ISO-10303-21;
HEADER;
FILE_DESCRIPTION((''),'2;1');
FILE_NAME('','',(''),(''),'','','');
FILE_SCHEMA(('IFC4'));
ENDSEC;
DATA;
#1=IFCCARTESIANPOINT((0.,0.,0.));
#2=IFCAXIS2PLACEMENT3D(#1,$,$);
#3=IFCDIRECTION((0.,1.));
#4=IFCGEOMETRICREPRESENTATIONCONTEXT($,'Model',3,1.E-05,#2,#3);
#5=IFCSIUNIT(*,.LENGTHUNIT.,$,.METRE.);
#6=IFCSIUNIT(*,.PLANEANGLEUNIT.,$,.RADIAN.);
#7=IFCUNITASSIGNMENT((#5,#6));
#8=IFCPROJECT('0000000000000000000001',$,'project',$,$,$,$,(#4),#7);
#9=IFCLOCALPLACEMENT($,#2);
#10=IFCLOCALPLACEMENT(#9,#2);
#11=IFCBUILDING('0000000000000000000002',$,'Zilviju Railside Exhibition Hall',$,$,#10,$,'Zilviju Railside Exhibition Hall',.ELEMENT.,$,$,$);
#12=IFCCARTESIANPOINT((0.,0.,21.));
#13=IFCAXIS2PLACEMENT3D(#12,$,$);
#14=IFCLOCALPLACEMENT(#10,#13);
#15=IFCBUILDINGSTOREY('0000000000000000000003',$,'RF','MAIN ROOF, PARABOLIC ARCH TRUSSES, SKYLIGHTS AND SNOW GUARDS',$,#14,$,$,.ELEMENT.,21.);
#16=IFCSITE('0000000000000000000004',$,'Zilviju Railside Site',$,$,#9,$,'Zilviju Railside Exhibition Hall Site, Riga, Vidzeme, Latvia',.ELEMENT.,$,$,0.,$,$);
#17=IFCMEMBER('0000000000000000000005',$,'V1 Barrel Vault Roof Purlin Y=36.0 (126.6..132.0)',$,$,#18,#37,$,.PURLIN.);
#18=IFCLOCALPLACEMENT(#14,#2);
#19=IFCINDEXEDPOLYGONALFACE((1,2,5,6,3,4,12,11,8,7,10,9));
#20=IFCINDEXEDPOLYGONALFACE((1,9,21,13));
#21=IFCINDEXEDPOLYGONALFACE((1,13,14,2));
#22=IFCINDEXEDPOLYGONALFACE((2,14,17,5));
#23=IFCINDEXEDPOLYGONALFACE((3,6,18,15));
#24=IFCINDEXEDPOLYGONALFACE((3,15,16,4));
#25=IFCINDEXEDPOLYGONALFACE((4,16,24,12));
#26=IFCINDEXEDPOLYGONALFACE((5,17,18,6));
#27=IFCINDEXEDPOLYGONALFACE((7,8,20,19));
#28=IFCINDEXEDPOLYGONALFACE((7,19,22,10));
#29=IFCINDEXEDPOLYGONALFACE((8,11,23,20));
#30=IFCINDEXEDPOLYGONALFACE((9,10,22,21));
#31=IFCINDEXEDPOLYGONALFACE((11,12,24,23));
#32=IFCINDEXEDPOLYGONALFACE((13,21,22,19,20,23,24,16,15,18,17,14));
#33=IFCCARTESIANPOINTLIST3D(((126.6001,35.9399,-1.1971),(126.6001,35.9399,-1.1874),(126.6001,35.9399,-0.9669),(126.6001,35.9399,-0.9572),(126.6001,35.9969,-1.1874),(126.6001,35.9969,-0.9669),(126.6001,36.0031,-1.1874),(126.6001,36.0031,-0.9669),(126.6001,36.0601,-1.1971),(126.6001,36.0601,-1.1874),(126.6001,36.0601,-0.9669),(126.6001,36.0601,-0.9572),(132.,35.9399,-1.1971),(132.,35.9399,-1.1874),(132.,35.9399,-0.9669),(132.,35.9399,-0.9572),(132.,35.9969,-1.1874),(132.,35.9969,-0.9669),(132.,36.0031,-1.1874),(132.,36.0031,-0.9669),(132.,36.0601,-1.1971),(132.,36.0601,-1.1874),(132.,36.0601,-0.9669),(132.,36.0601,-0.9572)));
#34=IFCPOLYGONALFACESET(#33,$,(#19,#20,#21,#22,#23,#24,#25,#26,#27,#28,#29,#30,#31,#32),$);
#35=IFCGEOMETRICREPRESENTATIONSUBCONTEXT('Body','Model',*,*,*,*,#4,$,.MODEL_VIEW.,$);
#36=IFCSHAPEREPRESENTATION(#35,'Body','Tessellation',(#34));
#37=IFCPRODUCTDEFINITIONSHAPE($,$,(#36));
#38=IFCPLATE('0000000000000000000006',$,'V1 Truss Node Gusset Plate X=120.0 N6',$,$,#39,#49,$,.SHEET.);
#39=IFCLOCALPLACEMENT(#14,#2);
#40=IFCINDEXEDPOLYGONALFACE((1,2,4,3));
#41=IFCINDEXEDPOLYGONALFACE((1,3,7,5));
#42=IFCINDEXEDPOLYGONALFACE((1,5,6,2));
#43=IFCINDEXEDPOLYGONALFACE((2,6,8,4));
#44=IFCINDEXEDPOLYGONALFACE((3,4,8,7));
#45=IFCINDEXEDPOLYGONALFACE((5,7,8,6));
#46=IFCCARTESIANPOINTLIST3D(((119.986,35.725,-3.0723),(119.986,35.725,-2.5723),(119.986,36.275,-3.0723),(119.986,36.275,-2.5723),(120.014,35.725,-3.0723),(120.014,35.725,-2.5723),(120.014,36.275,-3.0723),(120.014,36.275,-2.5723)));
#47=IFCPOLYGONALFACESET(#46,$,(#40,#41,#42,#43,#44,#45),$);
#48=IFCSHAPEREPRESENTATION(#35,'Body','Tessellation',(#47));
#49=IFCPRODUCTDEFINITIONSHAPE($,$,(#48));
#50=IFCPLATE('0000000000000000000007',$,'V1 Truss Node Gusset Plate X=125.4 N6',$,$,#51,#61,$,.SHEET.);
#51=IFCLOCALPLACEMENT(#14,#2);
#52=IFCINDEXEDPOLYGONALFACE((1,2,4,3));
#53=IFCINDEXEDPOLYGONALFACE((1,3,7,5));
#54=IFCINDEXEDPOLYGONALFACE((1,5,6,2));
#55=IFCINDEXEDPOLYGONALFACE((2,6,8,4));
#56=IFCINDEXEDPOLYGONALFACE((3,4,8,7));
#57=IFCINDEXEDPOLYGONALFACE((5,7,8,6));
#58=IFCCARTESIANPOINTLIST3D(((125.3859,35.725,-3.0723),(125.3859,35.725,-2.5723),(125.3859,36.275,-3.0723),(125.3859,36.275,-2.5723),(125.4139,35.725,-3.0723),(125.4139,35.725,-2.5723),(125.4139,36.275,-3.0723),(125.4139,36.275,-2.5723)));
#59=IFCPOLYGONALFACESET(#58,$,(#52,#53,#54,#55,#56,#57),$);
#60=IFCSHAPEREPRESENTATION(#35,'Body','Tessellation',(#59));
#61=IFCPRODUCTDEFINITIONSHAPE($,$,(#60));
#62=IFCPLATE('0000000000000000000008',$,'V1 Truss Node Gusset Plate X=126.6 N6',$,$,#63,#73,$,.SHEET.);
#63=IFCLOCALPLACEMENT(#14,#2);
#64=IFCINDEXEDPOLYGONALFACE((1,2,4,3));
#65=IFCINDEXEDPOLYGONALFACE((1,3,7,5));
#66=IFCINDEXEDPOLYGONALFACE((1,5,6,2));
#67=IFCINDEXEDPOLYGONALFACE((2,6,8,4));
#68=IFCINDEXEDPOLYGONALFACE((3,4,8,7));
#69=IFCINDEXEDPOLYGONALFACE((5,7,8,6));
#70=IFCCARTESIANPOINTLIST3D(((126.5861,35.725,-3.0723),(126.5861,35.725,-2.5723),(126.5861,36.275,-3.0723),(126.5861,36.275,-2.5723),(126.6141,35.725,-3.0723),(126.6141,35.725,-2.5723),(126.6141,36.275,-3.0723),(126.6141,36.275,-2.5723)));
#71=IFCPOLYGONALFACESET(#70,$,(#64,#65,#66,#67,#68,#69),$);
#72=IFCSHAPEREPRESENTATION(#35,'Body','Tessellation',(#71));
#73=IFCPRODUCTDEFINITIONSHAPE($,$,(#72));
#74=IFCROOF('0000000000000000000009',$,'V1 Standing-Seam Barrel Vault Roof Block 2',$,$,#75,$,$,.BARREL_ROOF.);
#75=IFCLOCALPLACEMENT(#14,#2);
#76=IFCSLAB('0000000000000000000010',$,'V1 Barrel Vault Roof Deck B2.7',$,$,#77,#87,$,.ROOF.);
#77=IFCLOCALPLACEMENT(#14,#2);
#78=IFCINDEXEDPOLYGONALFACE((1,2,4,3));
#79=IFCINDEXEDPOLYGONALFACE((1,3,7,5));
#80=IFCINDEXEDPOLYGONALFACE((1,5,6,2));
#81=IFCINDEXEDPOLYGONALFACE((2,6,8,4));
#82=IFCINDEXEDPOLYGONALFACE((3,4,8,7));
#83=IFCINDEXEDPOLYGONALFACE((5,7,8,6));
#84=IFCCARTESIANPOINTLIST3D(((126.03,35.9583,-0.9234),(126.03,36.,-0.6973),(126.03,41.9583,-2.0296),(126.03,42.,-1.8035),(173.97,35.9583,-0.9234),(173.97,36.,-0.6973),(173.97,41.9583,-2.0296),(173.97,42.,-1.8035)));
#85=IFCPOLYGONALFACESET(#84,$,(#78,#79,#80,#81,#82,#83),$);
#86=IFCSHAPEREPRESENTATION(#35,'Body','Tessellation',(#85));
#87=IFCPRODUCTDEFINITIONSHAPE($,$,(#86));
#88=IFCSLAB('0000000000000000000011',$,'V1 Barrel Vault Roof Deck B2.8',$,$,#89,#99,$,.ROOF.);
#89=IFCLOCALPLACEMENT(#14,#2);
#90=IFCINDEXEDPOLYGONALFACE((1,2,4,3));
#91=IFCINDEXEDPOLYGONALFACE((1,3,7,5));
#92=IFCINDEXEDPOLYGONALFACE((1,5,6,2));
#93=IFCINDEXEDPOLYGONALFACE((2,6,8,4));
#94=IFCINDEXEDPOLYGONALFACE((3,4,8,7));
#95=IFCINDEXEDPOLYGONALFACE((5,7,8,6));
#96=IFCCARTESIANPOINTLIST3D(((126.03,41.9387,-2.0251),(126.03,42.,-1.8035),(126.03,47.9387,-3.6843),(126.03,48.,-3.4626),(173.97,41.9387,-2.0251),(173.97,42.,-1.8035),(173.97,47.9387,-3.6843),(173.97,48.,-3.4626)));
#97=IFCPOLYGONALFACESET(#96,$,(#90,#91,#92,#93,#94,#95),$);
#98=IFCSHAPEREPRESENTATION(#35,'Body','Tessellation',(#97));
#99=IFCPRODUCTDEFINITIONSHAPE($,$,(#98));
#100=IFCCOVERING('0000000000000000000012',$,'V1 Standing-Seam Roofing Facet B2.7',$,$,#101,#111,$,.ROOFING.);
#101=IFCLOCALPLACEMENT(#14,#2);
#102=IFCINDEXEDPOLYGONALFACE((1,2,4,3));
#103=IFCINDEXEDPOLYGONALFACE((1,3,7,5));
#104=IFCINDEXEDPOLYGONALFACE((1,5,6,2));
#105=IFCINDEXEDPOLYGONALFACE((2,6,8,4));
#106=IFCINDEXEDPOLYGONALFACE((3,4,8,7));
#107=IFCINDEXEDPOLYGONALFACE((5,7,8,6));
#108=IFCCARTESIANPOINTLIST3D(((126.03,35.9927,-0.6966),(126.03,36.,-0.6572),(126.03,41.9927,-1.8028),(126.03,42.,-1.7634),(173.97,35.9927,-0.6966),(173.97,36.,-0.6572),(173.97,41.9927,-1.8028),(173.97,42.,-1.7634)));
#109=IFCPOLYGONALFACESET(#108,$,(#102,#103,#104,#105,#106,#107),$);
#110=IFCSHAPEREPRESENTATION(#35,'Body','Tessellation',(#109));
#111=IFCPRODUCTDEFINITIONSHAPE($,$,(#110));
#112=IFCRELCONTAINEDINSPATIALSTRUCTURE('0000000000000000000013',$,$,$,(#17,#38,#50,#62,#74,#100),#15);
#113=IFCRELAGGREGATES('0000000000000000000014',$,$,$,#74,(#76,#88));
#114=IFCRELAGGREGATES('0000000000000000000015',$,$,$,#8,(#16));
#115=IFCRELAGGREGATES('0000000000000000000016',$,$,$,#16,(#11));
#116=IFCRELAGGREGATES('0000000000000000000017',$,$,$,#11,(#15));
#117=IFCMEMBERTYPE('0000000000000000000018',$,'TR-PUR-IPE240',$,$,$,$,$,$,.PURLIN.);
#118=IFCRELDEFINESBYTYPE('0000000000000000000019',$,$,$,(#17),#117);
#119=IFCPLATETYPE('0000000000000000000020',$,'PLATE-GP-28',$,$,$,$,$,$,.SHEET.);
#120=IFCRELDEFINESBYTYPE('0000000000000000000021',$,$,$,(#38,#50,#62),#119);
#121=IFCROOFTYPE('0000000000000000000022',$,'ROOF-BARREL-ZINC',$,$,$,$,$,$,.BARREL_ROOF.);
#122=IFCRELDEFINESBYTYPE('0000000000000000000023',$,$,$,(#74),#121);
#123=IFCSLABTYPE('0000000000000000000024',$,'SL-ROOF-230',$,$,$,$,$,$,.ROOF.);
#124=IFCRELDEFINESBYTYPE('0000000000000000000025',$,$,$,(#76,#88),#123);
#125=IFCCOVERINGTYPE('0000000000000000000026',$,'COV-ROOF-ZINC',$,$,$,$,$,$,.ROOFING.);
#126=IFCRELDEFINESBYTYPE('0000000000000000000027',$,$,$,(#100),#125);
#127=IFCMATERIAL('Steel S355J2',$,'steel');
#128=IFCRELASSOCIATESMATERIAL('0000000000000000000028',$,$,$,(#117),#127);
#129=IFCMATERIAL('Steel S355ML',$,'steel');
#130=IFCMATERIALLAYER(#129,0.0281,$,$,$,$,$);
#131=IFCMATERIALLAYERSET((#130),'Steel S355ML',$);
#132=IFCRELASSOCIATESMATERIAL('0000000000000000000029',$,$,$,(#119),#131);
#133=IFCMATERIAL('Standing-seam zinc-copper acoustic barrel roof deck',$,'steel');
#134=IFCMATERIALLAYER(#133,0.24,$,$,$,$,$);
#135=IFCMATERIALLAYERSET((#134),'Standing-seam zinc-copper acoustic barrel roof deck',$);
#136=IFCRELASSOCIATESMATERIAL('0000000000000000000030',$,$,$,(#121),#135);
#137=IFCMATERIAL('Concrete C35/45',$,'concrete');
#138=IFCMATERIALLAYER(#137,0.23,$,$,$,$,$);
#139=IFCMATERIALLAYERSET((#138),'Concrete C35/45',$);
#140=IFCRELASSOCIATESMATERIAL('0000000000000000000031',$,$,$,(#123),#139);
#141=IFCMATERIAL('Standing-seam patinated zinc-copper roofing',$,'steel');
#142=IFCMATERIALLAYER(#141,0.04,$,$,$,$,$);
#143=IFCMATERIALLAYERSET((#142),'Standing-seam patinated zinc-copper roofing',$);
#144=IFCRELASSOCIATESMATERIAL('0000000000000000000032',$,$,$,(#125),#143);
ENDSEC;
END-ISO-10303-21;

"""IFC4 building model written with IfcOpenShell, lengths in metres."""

from ifc_helpers import new_model, si_unit, direction, frame, origin, origin_2d, place, context, subcontext, project, spatial, polyline, rectangle, i_section, outline, extrude, material, layer, layer_set, material_profile, profile_set, type_object, element, aggregate, save


model = new_model("IFC4")

# Units and contexts
model_context = context("Model", 3, precision=1e-05, world=origin(), true_north=direction((0.0, 1.0)))
body_context = subcontext(model_context, "Body", "Model", "MODEL_VIEW")
ifc_project = project(units=[si_unit("LENGTHUNIT", "METRE"), si_unit("PLANEANGLEUNIT", "RADIAN")], contexts=[model_context])

# Site, building, storey
site_placement = place(None, origin())
site = spatial("IfcSite", under=ifc_project, at=site_placement, Name="Zilviju Railside Site", LongName="Zilviju Railside Exhibition Hall Site, Riga, Vidzeme, Latvia", CompositionType="ELEMENT", RefElevation=0.0)
building_placement = place(site_placement, origin())
building = spatial("IfcBuilding", under=site, at=building_placement, Name="Zilviju Railside Exhibition Hall", LongName="Zilviju Railside Exhibition Hall", CompositionType="ELEMENT")
storey_placement = place(building_placement, frame((0.0, 0.0, 21.0)))
storey = spatial("IfcBuildingStorey", under=building, at=storey_placement, Name="RF", Description="MAIN ROOF, PARABOLIC ARCH TRUSSES, SKYLIGHTS AND SNOW GUARDS", CompositionType="ELEMENT", Elevation=21.0)

# Member
ifc_material_1 = material(Name="Steel S355J2", Category="steel")
ifc_material_profile_1 = material_profile(ifc_material_1, i_section(OverallWidth=0.1201, OverallDepth=0.24, WebThickness=0.0061, FlangeThickness=0.0098, at=origin_2d()), Name="IPE 240")
ifc_profile_set_1 = profile_set([ifc_material_profile_1], Name="Steel S355J2")
member_type_1 = type_object("IfcMemberType", Name="TR-PUR-IPE240", PredefinedType="PURLIN", material=ifc_profile_set_1)
for number, where, z_axis, x_axis, name in (
    (1, (126.6001, 36.0, -1.0771), (1.0, 0.0, 0.0), (0.0, 1.0, 0.0), "V1 Barrel Vault Roof Purlin Y=36.0 (126.6..132.0)"),
):
    element("IfcMember", number, at=place(storey_placement, frame(where, z_axis=z_axis, x_axis=x_axis)), inside=storey, type_object=member_type_1, Name=name, PredefinedType="PURLIN", context=body_context, shape_type="SweptSolid", body=[
        extrude(i_section(OverallWidth=0.1201, OverallDepth=0.24, WebThickness=0.0061, FlangeThickness=0.0098, at=origin_2d()), origin(), (0.0, 0.0, 1.0), 5.3999),
    ])

# Plates
ifc_material_2 = material(Name="Steel S355ML", Category="steel")
ifc_layer_1 = layer(ifc_material_2, 0.0281)
ifc_layer_set_1 = layer_set([ifc_layer_1], Name="Steel S355ML")
plate_type = type_object("IfcPlateType", Name="PLATE-GP-28", PredefinedType="SHEET", material=ifc_layer_set_1)
for number, where, z_axis, x_axis, name in (
    (2, (120.0, 36.0, -3.0723), (0.0, 0.0, 1.0), (1.0, 0.0, 0.0), "V1 Truss Node Gusset Plate X=120.0 N6"),
    (3, (125.3999, 36.0, -3.0723), (0.0, 0.0, 1.0), (1.0, 0.0, 0.0), "V1 Truss Node Gusset Plate X=125.4 N6"),
    (4, (126.6001, 36.0, -3.0723), (0.0, 0.0, 1.0), (1.0, 0.0, 0.0), "V1 Truss Node Gusset Plate X=126.6 N6"),
):
    element("IfcPlate", number, at=place(storey_placement, frame(where, z_axis=z_axis, x_axis=x_axis)), inside=storey, type_object=plate_type, Name=name, PredefinedType="SHEET", context=body_context, shape_type="SweptSolid", body=[
        extrude(rectangle(XDim=0.0281, YDim=0.55, at=origin_2d()), origin(), (0.0, 0.0, 1.0), 0.5),
    ])

# Roof, slabs
ifc_material_3 = material(Name="Standing-seam zinc-copper acoustic barrel roof deck", Category="steel")
ifc_layer_2 = layer(ifc_material_3, 0.24)
ifc_layer_set_2 = layer_set([ifc_layer_2], Name="Standing-seam zinc-copper acoustic barrel roof deck")
roof_type = type_object("IfcRoofType", Name="ROOF-BARREL-ZINC", PredefinedType="BARREL_ROOF", material=ifc_layer_set_2)
roof_placement = place(storey_placement, origin())
roof = element("IfcRoof", 5, at=roof_placement, inside=storey, type_object=roof_type, Name="V1 Standing-Seam Barrel Vault Roof Block 2", PredefinedType="BARREL_ROOF")
ifc_material_4 = material(Name="Concrete C35/45", Category="concrete")
ifc_layer_3 = layer(ifc_material_4, 0.23)
ifc_layer_set_3 = layer_set([ifc_layer_3], Name="Concrete C35/45")
slab_type = type_object("IfcSlabType", Name="SL-ROOF-230", PredefinedType="ROOF", material=ifc_layer_set_3)
slab_1_placement = place(storey_placement, frame((126.03, 36.0, -0.6973), z_axis=(0.0, 0.181311, 0.983426), x_axis=(1.0, 0.0, 0.0)))
slab_1 = element("IfcSlab", 6, at=slab_1_placement, type_object=slab_type, Name="V1 Barrel Vault Roof Deck B2.7", PredefinedType="ROOF", context=body_context, shape_type="SweptSolid", body=[
    extrude(outline(polyline([(0.0, 0.0), (47.9399, 0.0), (47.9399, 6.1011), (0.0, 6.1011), (0.0, 0.0)])), origin(), (0.0, 0.0, -1.0), 0.23),
])
slab_2_placement = place(storey_placement, frame((126.03, 42.0, -1.8035), z_axis=(0.0, 0.266527, 0.963827), x_axis=(1.0, 0.0, 0.0)))
slab_2 = element("IfcSlab", 7, at=slab_2_placement, type_object=slab_type, Name="V1 Barrel Vault Roof Deck B2.8", PredefinedType="ROOF", context=body_context, shape_type="SweptSolid", body=[
    extrude(outline(polyline([(0.0, 0.0), (47.9399, 0.0), (47.9399, 6.2252), (0.0, 6.2252), (0.0, 0.0)])), origin(), (0.0, 0.0, -1.0), 0.23),
])
aggregate(roof, [slab_1, slab_2])

# Covering
ifc_material_5 = material(Name="Standing-seam patinated zinc-copper roofing", Category="steel")
ifc_layer_4 = layer(ifc_material_5, 0.04)
ifc_layer_set_4 = layer_set([ifc_layer_4], Name="Standing-seam patinated zinc-copper roofing")
covering_type = type_object("IfcCoveringType", Name="COV-ROOF-ZINC", PredefinedType="ROOFING", material=ifc_layer_set_4)
covering_placement = place(storey_placement, frame((126.03, 36.0, -0.6572), z_axis=(0.0, 0.181311, 0.983426), x_axis=(1.0, 0.0, 0.0)))
element("IfcCovering", 8, at=covering_placement, inside=storey, type_object=covering_type, Name="V1 Standing-Seam Roofing Facet B2.7", PredefinedType="ROOFING", context=body_context, shape_type="SweptSolid", body=[
    extrude(outline(polyline([(0.0, 0.0), (47.9399, 0.0), (47.9399, 6.1011), (0.0, 6.1011), (0.0, 0.0)])), origin(), (0.0, 0.0, -1.0), 0.04),
])

save(model, "model.ifc")
